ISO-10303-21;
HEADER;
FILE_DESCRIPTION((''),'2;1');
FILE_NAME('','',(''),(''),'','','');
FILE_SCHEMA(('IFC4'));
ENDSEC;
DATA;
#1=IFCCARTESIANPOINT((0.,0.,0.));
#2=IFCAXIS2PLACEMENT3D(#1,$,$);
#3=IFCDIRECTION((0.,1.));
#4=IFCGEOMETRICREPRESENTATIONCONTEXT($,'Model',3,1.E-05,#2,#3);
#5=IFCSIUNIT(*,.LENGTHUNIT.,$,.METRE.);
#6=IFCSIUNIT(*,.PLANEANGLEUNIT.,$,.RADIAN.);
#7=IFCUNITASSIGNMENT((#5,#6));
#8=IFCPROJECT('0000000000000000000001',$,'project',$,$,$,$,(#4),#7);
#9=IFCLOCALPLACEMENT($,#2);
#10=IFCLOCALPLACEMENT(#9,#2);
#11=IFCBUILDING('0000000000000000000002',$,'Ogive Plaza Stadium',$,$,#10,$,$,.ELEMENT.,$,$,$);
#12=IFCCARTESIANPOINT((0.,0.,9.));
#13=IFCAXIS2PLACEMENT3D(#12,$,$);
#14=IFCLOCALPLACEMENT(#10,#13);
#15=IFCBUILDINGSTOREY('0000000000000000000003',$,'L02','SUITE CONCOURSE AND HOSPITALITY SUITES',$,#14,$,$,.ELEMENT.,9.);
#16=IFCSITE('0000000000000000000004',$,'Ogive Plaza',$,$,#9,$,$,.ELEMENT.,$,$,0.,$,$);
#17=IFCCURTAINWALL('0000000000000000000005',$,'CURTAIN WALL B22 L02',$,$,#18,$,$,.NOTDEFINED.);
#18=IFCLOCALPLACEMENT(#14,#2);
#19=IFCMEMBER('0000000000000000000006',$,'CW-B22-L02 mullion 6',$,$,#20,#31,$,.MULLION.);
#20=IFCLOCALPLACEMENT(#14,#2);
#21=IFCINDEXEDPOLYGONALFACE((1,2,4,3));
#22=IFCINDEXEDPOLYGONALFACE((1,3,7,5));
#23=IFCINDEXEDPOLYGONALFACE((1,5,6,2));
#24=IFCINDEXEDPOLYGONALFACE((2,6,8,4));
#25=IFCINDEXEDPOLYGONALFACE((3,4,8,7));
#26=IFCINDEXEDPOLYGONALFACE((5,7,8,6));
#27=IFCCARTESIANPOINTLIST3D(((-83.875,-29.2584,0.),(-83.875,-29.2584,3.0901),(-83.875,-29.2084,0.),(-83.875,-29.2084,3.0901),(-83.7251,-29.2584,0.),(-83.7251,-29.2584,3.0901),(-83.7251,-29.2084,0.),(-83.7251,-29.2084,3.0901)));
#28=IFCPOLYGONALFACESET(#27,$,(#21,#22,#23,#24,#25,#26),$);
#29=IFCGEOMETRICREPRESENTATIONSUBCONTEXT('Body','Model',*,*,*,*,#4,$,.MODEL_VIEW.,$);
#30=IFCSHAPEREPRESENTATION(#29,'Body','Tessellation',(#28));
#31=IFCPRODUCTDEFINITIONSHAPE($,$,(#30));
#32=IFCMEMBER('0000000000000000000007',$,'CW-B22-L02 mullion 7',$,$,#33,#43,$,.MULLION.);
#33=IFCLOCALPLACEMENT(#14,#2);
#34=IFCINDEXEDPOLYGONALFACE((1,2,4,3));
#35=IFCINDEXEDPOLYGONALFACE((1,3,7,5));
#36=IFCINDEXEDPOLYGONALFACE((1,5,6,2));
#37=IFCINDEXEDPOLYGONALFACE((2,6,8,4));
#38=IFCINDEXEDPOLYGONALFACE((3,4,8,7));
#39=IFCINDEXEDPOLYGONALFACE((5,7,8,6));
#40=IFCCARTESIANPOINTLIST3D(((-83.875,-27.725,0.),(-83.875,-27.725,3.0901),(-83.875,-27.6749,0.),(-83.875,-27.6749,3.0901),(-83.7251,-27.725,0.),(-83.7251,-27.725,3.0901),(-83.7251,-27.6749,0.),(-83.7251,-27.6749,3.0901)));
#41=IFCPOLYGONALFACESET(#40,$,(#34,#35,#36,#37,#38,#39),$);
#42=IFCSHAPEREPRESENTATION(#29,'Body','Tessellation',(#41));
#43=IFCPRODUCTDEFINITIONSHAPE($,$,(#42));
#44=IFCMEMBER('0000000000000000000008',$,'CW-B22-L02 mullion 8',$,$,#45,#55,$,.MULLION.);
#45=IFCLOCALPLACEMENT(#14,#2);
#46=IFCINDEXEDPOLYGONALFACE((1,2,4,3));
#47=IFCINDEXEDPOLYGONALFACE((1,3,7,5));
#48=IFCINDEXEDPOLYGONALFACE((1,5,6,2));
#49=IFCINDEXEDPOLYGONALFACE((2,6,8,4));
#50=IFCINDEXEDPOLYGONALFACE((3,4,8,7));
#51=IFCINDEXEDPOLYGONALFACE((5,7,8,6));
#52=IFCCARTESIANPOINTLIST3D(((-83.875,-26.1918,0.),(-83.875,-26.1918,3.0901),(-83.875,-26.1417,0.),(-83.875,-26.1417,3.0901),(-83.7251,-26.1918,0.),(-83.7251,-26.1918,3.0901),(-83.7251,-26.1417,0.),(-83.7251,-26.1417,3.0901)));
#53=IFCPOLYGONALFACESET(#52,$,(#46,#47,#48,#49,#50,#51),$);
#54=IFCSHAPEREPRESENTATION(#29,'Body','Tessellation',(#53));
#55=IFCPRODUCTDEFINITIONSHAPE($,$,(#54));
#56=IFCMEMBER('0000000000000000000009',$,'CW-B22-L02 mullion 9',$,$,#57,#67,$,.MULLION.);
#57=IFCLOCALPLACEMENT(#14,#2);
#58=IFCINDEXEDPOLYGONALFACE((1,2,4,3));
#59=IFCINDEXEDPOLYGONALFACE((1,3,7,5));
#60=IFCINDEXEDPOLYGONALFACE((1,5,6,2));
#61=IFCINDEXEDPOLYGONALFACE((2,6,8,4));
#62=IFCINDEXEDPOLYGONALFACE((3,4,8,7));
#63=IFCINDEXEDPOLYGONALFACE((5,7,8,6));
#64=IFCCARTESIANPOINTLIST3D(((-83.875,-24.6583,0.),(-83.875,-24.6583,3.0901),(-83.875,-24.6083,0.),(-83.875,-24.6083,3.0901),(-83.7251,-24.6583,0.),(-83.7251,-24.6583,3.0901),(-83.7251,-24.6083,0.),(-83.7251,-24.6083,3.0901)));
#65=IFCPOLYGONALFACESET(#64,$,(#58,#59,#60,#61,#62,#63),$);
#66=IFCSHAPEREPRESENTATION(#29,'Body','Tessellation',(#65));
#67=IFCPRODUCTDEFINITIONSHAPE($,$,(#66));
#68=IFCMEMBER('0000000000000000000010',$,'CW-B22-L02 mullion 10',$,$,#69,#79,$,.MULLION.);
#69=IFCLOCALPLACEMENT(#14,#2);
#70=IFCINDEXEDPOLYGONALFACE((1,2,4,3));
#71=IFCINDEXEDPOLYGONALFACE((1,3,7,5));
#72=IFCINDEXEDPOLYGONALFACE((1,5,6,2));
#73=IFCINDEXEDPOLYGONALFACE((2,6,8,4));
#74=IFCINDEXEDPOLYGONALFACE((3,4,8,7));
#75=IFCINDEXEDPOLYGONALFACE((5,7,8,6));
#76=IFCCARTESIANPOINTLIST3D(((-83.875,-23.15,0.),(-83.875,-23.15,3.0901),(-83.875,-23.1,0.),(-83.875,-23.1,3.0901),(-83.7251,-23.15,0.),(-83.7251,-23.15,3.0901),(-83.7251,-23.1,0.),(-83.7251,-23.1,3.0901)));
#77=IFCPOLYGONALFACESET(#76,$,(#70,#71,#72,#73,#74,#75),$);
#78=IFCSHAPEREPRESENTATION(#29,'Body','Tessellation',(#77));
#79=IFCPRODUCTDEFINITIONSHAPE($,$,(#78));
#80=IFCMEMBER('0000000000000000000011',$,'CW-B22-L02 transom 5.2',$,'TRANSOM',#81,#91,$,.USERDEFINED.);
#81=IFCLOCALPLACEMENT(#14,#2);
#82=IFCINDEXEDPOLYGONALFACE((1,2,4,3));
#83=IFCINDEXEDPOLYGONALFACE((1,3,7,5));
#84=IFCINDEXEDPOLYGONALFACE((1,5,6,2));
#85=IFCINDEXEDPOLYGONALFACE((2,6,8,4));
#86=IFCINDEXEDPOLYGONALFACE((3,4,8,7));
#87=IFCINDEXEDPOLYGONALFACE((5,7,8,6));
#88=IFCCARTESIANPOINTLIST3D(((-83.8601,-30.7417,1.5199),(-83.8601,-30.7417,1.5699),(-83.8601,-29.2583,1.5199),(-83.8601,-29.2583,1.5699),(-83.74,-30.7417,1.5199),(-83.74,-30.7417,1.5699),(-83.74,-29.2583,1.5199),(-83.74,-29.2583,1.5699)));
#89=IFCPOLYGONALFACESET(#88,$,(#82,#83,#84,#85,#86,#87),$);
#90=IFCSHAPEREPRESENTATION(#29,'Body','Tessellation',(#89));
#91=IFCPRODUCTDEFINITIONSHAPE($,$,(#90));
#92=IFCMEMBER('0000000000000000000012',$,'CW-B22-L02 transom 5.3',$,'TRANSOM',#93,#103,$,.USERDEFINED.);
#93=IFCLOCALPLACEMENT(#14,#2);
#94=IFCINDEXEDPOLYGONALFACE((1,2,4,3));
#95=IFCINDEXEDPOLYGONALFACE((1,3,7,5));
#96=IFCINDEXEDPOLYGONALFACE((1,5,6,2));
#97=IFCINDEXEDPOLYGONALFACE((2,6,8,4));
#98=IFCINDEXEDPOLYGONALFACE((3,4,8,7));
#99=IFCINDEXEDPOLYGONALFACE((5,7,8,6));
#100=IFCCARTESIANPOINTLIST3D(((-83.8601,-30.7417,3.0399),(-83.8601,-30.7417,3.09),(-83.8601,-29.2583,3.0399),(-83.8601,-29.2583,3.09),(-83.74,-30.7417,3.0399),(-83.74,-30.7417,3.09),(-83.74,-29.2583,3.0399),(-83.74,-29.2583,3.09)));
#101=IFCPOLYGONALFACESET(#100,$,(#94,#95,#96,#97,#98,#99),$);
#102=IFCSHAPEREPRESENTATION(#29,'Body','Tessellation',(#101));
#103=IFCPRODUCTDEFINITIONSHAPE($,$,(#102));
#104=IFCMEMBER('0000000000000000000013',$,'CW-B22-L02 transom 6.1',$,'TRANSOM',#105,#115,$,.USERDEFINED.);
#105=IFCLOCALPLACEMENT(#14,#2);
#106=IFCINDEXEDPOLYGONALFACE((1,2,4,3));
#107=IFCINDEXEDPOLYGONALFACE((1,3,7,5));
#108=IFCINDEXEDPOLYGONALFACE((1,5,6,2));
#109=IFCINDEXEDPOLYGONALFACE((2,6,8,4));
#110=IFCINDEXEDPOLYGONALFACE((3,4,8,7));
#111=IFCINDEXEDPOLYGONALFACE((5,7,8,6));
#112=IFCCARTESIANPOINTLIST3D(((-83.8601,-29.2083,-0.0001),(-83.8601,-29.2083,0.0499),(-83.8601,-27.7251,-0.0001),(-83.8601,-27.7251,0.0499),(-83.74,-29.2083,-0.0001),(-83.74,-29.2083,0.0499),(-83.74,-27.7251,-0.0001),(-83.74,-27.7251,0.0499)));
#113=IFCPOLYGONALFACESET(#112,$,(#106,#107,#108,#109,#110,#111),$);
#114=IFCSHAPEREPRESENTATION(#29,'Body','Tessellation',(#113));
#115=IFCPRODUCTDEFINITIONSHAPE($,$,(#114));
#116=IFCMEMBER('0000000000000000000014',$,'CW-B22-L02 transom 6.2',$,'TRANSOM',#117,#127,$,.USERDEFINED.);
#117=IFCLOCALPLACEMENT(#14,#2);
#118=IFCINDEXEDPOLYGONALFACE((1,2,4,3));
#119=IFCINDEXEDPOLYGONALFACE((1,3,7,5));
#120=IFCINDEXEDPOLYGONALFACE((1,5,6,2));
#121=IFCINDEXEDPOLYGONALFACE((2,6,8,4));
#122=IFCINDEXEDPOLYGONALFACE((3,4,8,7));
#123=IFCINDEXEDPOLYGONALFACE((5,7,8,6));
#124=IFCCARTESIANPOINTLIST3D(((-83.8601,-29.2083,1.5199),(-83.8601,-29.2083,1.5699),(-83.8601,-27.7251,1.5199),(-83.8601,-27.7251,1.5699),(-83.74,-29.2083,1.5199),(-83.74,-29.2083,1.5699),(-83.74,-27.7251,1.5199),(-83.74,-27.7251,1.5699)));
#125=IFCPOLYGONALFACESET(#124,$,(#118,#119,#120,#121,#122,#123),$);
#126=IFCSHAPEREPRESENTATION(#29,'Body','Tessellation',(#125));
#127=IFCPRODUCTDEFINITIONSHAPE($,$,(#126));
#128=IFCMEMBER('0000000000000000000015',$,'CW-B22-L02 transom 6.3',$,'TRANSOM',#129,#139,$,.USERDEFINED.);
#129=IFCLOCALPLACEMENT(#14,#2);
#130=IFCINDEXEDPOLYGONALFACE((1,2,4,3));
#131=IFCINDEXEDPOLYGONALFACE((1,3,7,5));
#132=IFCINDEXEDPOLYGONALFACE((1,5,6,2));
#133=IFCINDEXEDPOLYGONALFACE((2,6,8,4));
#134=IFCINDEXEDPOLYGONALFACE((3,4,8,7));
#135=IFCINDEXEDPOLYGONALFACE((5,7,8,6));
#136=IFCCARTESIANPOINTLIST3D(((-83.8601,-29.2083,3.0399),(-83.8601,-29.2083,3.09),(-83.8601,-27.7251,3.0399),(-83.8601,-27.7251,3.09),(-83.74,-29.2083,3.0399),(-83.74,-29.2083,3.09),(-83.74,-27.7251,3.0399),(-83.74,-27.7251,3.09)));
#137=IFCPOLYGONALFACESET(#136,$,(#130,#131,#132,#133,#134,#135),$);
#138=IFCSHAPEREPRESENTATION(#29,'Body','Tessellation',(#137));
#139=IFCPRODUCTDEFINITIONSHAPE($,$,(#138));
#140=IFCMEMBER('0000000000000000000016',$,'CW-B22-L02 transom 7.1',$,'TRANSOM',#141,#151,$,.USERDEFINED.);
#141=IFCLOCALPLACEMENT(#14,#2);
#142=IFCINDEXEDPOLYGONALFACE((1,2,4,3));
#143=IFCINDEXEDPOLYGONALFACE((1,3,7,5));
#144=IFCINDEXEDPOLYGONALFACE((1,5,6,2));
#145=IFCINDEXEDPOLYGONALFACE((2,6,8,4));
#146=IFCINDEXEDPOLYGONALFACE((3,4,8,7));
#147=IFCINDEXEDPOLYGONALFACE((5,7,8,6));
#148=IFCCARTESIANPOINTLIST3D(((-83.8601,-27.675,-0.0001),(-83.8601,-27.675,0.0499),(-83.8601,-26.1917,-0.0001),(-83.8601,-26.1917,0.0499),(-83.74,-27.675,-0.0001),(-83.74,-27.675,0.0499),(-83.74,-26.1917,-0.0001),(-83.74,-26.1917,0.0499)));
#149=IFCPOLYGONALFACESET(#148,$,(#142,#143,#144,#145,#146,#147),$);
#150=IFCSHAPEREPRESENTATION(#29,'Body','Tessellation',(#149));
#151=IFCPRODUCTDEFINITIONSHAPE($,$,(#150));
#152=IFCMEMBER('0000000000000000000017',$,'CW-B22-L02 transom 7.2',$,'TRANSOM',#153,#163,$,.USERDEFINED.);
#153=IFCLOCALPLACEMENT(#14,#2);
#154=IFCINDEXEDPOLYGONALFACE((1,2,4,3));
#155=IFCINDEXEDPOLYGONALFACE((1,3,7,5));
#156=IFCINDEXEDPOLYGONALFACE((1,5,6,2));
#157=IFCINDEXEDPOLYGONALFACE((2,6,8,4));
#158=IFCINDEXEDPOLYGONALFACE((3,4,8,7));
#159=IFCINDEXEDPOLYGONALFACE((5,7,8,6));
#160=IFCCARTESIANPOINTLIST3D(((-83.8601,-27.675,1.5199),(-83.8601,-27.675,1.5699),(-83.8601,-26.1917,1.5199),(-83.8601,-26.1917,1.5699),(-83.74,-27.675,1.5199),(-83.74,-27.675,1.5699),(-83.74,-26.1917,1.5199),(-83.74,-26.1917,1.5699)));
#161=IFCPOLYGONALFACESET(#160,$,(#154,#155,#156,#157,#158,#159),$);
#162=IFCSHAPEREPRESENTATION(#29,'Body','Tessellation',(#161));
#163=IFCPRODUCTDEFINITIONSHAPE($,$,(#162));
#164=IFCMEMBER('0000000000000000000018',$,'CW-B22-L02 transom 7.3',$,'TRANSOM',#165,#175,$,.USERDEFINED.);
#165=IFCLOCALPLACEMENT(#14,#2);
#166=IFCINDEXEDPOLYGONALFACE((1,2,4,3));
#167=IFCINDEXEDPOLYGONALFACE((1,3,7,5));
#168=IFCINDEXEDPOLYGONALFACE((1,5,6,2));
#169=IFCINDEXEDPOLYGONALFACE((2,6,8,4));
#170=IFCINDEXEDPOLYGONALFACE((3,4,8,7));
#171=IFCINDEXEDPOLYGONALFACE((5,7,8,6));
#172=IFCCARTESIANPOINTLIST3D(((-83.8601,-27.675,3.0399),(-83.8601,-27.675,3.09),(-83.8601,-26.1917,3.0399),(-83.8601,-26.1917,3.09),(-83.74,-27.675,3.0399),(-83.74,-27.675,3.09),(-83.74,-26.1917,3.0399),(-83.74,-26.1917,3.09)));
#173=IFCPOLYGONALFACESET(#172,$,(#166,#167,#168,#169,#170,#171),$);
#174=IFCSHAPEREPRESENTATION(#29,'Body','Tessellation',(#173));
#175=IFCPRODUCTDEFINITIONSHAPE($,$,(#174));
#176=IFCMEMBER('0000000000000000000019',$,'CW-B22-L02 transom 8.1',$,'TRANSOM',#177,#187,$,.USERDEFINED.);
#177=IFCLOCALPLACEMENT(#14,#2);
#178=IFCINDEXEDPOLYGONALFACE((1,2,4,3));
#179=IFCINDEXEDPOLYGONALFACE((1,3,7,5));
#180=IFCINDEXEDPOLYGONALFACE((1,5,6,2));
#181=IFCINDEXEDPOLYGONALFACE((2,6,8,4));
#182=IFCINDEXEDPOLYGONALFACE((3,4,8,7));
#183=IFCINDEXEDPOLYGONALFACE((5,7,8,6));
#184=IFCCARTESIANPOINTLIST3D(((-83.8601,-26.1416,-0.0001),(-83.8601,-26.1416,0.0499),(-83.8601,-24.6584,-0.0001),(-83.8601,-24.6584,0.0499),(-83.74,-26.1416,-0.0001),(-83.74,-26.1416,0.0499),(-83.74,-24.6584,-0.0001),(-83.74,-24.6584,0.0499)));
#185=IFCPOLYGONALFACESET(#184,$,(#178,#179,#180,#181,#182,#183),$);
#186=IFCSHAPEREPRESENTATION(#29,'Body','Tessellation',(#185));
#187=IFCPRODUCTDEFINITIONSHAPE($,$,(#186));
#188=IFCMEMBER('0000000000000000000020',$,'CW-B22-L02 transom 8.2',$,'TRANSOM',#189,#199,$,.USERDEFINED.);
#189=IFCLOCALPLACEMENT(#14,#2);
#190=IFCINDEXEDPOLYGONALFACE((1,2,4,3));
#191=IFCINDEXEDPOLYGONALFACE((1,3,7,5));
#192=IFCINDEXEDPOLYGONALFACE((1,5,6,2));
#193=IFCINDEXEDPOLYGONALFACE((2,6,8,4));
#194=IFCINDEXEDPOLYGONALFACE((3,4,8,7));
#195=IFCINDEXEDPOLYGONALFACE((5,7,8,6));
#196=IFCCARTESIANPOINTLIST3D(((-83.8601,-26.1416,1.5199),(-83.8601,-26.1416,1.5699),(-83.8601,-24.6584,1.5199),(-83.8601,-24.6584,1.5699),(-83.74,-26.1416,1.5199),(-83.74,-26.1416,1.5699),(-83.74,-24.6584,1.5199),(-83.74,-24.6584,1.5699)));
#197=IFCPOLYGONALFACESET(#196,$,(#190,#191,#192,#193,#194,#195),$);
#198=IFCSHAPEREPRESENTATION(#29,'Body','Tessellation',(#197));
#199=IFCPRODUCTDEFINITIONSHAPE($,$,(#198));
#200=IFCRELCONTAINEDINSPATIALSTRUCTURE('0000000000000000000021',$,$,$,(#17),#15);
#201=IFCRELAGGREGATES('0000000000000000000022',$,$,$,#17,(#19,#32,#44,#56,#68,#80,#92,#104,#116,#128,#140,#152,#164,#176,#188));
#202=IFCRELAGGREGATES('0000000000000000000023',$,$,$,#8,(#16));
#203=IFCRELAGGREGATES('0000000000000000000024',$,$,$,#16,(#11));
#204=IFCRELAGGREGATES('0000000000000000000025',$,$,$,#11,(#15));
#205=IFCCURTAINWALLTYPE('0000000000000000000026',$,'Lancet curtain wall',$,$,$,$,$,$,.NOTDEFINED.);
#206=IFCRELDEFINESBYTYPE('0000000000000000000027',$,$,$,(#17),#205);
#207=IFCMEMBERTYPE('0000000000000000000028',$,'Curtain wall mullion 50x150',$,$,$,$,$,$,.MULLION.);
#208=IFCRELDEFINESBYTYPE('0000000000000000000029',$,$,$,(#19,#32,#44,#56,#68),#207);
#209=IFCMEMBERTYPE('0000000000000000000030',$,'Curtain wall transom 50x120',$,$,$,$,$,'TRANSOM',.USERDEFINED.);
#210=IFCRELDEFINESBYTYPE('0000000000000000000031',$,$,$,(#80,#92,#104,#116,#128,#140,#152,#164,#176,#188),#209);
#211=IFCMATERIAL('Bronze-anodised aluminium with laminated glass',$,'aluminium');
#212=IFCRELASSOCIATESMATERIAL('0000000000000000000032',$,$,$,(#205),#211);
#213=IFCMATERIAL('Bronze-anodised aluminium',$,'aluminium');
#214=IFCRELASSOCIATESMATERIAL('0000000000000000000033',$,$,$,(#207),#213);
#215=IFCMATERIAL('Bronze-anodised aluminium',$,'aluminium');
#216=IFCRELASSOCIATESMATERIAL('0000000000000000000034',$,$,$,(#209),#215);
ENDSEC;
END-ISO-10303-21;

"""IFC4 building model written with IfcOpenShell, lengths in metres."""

from ifc_helpers import new_model, si_unit, direction, frame, origin, origin_2d, place, context, subcontext, project, spatial, rectangle, extrude, material, material_profile, profile_set, type_object, element, aggregate, save


model = new_model("IFC4")

# Units and contexts
model_context = context("Model", 3, precision=1e-05, world=origin(), true_north=direction((0.0, 1.0)))
body_context = subcontext(model_context, "Body", "Model", "MODEL_VIEW")
ifc_project = project(units=[si_unit("LENGTHUNIT", "METRE"), si_unit("PLANEANGLEUNIT", "RADIAN")], contexts=[model_context])

# Site, building, storey
site_placement = place(None, origin())
site = spatial("IfcSite", under=ifc_project, at=site_placement, Name="Ogive Plaza", CompositionType="ELEMENT", RefElevation=0.0)
building_placement = place(site_placement, origin())
building = spatial("IfcBuilding", under=site, at=building_placement, Name="Ogive Plaza Stadium", CompositionType="ELEMENT")
storey_placement = place(building_placement, frame((0.0, 0.0, 9.0)))
storey = spatial("IfcBuildingStorey", under=building, at=storey_placement, Name="L02", Description="SUITE CONCOURSE AND HOSPITALITY SUITES", CompositionType="ELEMENT", Elevation=9.0)

# Curtain wall, members
ifc_material_1 = material(Name="Bronze-anodised aluminium with laminated glass", Category="aluminium")
curtain_wall_type = type_object("IfcCurtainWallType", Name="Lancet curtain wall", PredefinedType="NOTDEFINED", material=ifc_material_1)
curtain_wall_placement = place(storey_placement, origin())
curtain_wall = element("IfcCurtainWall", 1, at=curtain_wall_placement, inside=storey, type_object=curtain_wall_type, Name="CURTAIN WALL B22 L02", PredefinedType="NOTDEFINED")
ifc_material_2 = material(Name="Bronze-anodised aluminium", Category="aluminium")
ifc_material_profile_1 = material_profile(ifc_material_2, rectangle(XDim=0.1499, YDim=0.05, at=origin_2d()), Name="AL 150x50")
ifc_profile_set_1 = profile_set([ifc_material_profile_1], Name="Bronze-anodised aluminium")
member_type_1 = type_object("IfcMemberType", Name="Curtain wall mullion 50x150", PredefinedType="MULLION", material=ifc_profile_set_1)
member_1_placement = place(storey_placement, frame((-83.8, -29.2334, 0.0), z_axis=(0.0, 0.0, 1.0), x_axis=(-1.0, 0.0, 0.0)))
member_1 = element("IfcMember", 2, at=member_1_placement, type_object=member_type_1, Name="CW-B22-L02 mullion 6", PredefinedType="MULLION", context=body_context, shape_type="SweptSolid", body=[
    extrude(rectangle(XDim=0.1499, YDim=0.05, at=origin_2d()), origin(), (0.0, 0.0, 1.0), 3.0901),
])
member_2_placement = place(storey_placement, frame((-83.8, -27.7, 0.0), z_axis=(0.0, 0.0, 1.0), x_axis=(-1.0, 0.0, 0.0)))
member_2 = element("IfcMember", 3, at=member_2_placement, type_object=member_type_1, Name="CW-B22-L02 mullion 7", PredefinedType="MULLION", context=body_context, shape_type="SweptSolid", body=[
    extrude(rectangle(XDim=0.1499, YDim=0.05, at=origin_2d()), origin(), (0.0, 0.0, 1.0), 3.0901),
])
member_3_placement = place(storey_placement, frame((-83.8, -26.1667, 0.0), z_axis=(0.0, 0.0, 1.0), x_axis=(-1.0, 0.0, 0.0)))
member_3 = element("IfcMember", 4, at=member_3_placement, type_object=member_type_1, Name="CW-B22-L02 mullion 8", PredefinedType="MULLION", context=body_context, shape_type="SweptSolid", body=[
    extrude(rectangle(XDim=0.1499, YDim=0.05, at=origin_2d()), origin(), (0.0, 0.0, 1.0), 3.0901),
])
member_4_placement = place(storey_placement, frame((-83.8, -24.6333, 0.0), z_axis=(0.0, 0.0, 1.0), x_axis=(-1.0, 0.0, 0.0)))
member_4 = element("IfcMember", 5, at=member_4_placement, type_object=member_type_1, Name="CW-B22-L02 mullion 9", PredefinedType="MULLION", context=body_context, shape_type="SweptSolid", body=[
    extrude(rectangle(XDim=0.1499, YDim=0.05, at=origin_2d()), origin(), (0.0, 0.0, 1.0), 3.0901),
])
member_5_placement = place(storey_placement, frame((-83.8, -23.125, 0.0), z_axis=(0.0, 0.0, 1.0), x_axis=(-1.0, 0.0, 0.0)))
member_5 = element("IfcMember", 6, at=member_5_placement, type_object=member_type_1, Name="CW-B22-L02 mullion 10", PredefinedType="MULLION", context=body_context, shape_type="SweptSolid", body=[
    extrude(rectangle(XDim=0.1499, YDim=0.05, at=origin_2d()), origin(), (0.0, 0.0, 1.0), 3.0901),
])
ifc_material_3 = material(Name="Bronze-anodised aluminium", Category="aluminium")
ifc_material_profile_2 = material_profile(ifc_material_3, rectangle(XDim=0.1201, YDim=0.05, at=origin_2d()), Name="AL 120x50")
ifc_profile_set_2 = profile_set([ifc_material_profile_2], Name="Bronze-anodised aluminium")
member_type_2 = type_object("IfcMemberType", Name="Curtain wall transom 50x120", ElementType="TRANSOM", PredefinedType="USERDEFINED", material=ifc_profile_set_2)
member_6_placement = place(storey_placement, frame((-83.8, -30.7417, 1.5449), z_axis=(0.0, 1.0, 0.0), x_axis=(-1.0, 0.0, 0.0)))
member_6 = element("IfcMember", 7, at=member_6_placement, type_object=member_type_2, Name="CW-B22-L02 transom 5.2", ObjectType="TRANSOM", PredefinedType="USERDEFINED", context=body_context, shape_type="SweptSolid", body=[
    extrude(rectangle(XDim=0.1201, YDim=0.05, at=origin_2d()), origin(), (0.0, 0.0, 1.0), 1.4834),
])
member_7_placement = place(storey_placement, frame((-83.8, -30.7417, 3.0649), z_axis=(0.0, 1.0, 0.0), x_axis=(-1.0, 0.0, 0.0)))
member_7 = element("IfcMember", 8, at=member_7_placement, type_object=member_type_2, Name="CW-B22-L02 transom 5.3", ObjectType="TRANSOM", PredefinedType="USERDEFINED", context=body_context, shape_type="SweptSolid", body=[
    extrude(rectangle(XDim=0.1201, YDim=0.05, at=origin_2d()), origin(), (0.0, 0.0, 1.0), 1.4834),
])
member_8_placement = place(storey_placement, frame((-83.8, -29.2083, 0.0249), z_axis=(0.0, 1.0, 0.0), x_axis=(-1.0, 0.0, 0.0)))
member_8 = element("IfcMember", 9, at=member_8_placement, type_object=member_type_2, Name="CW-B22-L02 transom 6.1", ObjectType="TRANSOM", PredefinedType="USERDEFINED", context=body_context, shape_type="SweptSolid", body=[
    extrude(rectangle(XDim=0.1201, YDim=0.05, at=origin_2d()), origin(), (0.0, 0.0, 1.0), 1.4832),
])
member_9_placement = place(storey_placement, frame((-83.8, -29.2083, 1.5449), z_axis=(0.0, 1.0, 0.0), x_axis=(-1.0, 0.0, 0.0)))
member_9 = element("IfcMember", 10, at=member_9_placement, type_object=member_type_2, Name="CW-B22-L02 transom 6.2", ObjectType="TRANSOM", PredefinedType="USERDEFINED", context=body_context, shape_type="SweptSolid", body=[
    extrude(rectangle(XDim=0.1201, YDim=0.05, at=origin_2d()), origin(), (0.0, 0.0, 1.0), 1.4832),
])
member_10_placement = place(storey_placement, frame((-83.8, -29.2083, 3.0649), z_axis=(0.0, 1.0, 0.0), x_axis=(-1.0, 0.0, 0.0)))
member_10 = element("IfcMember", 11, at=member_10_placement, type_object=member_type_2, Name="CW-B22-L02 transom 6.3", ObjectType="TRANSOM", PredefinedType="USERDEFINED", context=body_context, shape_type="SweptSolid", body=[
    extrude(rectangle(XDim=0.1201, YDim=0.05, at=origin_2d()), origin(), (0.0, 0.0, 1.0), 1.4832),
])
member_11_placement = place(storey_placement, frame((-83.8, -27.675, 0.0249), z_axis=(0.0, 1.0, 0.0), x_axis=(-1.0, 0.0, 0.0)))
member_11 = element("IfcMember", 12, at=member_11_placement, type_object=member_type_2, Name="CW-B22-L02 transom 7.1", ObjectType="TRANSOM", PredefinedType="USERDEFINED", context=body_context, shape_type="SweptSolid", body=[
    extrude(rectangle(XDim=0.1201, YDim=0.05, at=origin_2d()), origin(), (0.0, 0.0, 1.0), 1.4834),
])
member_12_placement = place(storey_placement, frame((-83.8, -27.675, 1.5449), z_axis=(0.0, 1.0, 0.0), x_axis=(-1.0, 0.0, 0.0)))
member_12 = element("IfcMember", 13, at=member_12_placement, type_object=member_type_2, Name="CW-B22-L02 transom 7.2", ObjectType="TRANSOM", PredefinedType="USERDEFINED", context=body_context, shape_type="SweptSolid", body=[
    extrude(rectangle(XDim=0.1201, YDim=0.05, at=origin_2d()), origin(), (0.0, 0.0, 1.0), 1.4834),
])
member_13_placement = place(storey_placement, frame((-83.8, -27.675, 3.0649), z_axis=(0.0, 1.0, 0.0), x_axis=(-1.0, 0.0, 0.0)))
member_13 = element("IfcMember", 14, at=member_13_placement, type_object=member_type_2, Name="CW-B22-L02 transom 7.3", ObjectType="TRANSOM", PredefinedType="USERDEFINED", context=body_context, shape_type="SweptSolid", body=[
    extrude(rectangle(XDim=0.1201, YDim=0.05, at=origin_2d()), origin(), (0.0, 0.0, 1.0), 1.4834),
])
member_14_placement = place(storey_placement, frame((-83.8, -26.1416, 0.0249), z_axis=(0.0, 1.0, 0.0), x_axis=(-1.0, 0.0, 0.0)))
member_14 = element("IfcMember", 15, at=member_14_placement, type_object=member_type_2, Name="CW-B22-L02 transom 8.1", ObjectType="TRANSOM", PredefinedType="USERDEFINED", context=body_context, shape_type="SweptSolid", body=[
    extrude(rectangle(XDim=0.1201, YDim=0.05, at=origin_2d()), origin(), (0.0, 0.0, 1.0), 1.4832),
])
member_15_placement = place(storey_placement, frame((-83.8, -26.1416, 1.5449), z_axis=(0.0, 1.0, 0.0), x_axis=(-1.0, 0.0, 0.0)))
member_15 = element("IfcMember", 16, at=member_15_placement, type_object=member_type_2, Name="CW-B22-L02 transom 8.2", ObjectType="TRANSOM", PredefinedType="USERDEFINED", context=body_context, shape_type="SweptSolid", body=[
    extrude(rectangle(XDim=0.1201, YDim=0.05, at=origin_2d()), origin(), (0.0, 0.0, 1.0), 1.4832),
])
aggregate(curtain_wall, [member_1, member_2, member_3, member_4, member_5, member_6, member_7, member_8, member_9, member_10, member_11, member_12, member_13, member_14, member_15])

save(model, "model.ifc")
